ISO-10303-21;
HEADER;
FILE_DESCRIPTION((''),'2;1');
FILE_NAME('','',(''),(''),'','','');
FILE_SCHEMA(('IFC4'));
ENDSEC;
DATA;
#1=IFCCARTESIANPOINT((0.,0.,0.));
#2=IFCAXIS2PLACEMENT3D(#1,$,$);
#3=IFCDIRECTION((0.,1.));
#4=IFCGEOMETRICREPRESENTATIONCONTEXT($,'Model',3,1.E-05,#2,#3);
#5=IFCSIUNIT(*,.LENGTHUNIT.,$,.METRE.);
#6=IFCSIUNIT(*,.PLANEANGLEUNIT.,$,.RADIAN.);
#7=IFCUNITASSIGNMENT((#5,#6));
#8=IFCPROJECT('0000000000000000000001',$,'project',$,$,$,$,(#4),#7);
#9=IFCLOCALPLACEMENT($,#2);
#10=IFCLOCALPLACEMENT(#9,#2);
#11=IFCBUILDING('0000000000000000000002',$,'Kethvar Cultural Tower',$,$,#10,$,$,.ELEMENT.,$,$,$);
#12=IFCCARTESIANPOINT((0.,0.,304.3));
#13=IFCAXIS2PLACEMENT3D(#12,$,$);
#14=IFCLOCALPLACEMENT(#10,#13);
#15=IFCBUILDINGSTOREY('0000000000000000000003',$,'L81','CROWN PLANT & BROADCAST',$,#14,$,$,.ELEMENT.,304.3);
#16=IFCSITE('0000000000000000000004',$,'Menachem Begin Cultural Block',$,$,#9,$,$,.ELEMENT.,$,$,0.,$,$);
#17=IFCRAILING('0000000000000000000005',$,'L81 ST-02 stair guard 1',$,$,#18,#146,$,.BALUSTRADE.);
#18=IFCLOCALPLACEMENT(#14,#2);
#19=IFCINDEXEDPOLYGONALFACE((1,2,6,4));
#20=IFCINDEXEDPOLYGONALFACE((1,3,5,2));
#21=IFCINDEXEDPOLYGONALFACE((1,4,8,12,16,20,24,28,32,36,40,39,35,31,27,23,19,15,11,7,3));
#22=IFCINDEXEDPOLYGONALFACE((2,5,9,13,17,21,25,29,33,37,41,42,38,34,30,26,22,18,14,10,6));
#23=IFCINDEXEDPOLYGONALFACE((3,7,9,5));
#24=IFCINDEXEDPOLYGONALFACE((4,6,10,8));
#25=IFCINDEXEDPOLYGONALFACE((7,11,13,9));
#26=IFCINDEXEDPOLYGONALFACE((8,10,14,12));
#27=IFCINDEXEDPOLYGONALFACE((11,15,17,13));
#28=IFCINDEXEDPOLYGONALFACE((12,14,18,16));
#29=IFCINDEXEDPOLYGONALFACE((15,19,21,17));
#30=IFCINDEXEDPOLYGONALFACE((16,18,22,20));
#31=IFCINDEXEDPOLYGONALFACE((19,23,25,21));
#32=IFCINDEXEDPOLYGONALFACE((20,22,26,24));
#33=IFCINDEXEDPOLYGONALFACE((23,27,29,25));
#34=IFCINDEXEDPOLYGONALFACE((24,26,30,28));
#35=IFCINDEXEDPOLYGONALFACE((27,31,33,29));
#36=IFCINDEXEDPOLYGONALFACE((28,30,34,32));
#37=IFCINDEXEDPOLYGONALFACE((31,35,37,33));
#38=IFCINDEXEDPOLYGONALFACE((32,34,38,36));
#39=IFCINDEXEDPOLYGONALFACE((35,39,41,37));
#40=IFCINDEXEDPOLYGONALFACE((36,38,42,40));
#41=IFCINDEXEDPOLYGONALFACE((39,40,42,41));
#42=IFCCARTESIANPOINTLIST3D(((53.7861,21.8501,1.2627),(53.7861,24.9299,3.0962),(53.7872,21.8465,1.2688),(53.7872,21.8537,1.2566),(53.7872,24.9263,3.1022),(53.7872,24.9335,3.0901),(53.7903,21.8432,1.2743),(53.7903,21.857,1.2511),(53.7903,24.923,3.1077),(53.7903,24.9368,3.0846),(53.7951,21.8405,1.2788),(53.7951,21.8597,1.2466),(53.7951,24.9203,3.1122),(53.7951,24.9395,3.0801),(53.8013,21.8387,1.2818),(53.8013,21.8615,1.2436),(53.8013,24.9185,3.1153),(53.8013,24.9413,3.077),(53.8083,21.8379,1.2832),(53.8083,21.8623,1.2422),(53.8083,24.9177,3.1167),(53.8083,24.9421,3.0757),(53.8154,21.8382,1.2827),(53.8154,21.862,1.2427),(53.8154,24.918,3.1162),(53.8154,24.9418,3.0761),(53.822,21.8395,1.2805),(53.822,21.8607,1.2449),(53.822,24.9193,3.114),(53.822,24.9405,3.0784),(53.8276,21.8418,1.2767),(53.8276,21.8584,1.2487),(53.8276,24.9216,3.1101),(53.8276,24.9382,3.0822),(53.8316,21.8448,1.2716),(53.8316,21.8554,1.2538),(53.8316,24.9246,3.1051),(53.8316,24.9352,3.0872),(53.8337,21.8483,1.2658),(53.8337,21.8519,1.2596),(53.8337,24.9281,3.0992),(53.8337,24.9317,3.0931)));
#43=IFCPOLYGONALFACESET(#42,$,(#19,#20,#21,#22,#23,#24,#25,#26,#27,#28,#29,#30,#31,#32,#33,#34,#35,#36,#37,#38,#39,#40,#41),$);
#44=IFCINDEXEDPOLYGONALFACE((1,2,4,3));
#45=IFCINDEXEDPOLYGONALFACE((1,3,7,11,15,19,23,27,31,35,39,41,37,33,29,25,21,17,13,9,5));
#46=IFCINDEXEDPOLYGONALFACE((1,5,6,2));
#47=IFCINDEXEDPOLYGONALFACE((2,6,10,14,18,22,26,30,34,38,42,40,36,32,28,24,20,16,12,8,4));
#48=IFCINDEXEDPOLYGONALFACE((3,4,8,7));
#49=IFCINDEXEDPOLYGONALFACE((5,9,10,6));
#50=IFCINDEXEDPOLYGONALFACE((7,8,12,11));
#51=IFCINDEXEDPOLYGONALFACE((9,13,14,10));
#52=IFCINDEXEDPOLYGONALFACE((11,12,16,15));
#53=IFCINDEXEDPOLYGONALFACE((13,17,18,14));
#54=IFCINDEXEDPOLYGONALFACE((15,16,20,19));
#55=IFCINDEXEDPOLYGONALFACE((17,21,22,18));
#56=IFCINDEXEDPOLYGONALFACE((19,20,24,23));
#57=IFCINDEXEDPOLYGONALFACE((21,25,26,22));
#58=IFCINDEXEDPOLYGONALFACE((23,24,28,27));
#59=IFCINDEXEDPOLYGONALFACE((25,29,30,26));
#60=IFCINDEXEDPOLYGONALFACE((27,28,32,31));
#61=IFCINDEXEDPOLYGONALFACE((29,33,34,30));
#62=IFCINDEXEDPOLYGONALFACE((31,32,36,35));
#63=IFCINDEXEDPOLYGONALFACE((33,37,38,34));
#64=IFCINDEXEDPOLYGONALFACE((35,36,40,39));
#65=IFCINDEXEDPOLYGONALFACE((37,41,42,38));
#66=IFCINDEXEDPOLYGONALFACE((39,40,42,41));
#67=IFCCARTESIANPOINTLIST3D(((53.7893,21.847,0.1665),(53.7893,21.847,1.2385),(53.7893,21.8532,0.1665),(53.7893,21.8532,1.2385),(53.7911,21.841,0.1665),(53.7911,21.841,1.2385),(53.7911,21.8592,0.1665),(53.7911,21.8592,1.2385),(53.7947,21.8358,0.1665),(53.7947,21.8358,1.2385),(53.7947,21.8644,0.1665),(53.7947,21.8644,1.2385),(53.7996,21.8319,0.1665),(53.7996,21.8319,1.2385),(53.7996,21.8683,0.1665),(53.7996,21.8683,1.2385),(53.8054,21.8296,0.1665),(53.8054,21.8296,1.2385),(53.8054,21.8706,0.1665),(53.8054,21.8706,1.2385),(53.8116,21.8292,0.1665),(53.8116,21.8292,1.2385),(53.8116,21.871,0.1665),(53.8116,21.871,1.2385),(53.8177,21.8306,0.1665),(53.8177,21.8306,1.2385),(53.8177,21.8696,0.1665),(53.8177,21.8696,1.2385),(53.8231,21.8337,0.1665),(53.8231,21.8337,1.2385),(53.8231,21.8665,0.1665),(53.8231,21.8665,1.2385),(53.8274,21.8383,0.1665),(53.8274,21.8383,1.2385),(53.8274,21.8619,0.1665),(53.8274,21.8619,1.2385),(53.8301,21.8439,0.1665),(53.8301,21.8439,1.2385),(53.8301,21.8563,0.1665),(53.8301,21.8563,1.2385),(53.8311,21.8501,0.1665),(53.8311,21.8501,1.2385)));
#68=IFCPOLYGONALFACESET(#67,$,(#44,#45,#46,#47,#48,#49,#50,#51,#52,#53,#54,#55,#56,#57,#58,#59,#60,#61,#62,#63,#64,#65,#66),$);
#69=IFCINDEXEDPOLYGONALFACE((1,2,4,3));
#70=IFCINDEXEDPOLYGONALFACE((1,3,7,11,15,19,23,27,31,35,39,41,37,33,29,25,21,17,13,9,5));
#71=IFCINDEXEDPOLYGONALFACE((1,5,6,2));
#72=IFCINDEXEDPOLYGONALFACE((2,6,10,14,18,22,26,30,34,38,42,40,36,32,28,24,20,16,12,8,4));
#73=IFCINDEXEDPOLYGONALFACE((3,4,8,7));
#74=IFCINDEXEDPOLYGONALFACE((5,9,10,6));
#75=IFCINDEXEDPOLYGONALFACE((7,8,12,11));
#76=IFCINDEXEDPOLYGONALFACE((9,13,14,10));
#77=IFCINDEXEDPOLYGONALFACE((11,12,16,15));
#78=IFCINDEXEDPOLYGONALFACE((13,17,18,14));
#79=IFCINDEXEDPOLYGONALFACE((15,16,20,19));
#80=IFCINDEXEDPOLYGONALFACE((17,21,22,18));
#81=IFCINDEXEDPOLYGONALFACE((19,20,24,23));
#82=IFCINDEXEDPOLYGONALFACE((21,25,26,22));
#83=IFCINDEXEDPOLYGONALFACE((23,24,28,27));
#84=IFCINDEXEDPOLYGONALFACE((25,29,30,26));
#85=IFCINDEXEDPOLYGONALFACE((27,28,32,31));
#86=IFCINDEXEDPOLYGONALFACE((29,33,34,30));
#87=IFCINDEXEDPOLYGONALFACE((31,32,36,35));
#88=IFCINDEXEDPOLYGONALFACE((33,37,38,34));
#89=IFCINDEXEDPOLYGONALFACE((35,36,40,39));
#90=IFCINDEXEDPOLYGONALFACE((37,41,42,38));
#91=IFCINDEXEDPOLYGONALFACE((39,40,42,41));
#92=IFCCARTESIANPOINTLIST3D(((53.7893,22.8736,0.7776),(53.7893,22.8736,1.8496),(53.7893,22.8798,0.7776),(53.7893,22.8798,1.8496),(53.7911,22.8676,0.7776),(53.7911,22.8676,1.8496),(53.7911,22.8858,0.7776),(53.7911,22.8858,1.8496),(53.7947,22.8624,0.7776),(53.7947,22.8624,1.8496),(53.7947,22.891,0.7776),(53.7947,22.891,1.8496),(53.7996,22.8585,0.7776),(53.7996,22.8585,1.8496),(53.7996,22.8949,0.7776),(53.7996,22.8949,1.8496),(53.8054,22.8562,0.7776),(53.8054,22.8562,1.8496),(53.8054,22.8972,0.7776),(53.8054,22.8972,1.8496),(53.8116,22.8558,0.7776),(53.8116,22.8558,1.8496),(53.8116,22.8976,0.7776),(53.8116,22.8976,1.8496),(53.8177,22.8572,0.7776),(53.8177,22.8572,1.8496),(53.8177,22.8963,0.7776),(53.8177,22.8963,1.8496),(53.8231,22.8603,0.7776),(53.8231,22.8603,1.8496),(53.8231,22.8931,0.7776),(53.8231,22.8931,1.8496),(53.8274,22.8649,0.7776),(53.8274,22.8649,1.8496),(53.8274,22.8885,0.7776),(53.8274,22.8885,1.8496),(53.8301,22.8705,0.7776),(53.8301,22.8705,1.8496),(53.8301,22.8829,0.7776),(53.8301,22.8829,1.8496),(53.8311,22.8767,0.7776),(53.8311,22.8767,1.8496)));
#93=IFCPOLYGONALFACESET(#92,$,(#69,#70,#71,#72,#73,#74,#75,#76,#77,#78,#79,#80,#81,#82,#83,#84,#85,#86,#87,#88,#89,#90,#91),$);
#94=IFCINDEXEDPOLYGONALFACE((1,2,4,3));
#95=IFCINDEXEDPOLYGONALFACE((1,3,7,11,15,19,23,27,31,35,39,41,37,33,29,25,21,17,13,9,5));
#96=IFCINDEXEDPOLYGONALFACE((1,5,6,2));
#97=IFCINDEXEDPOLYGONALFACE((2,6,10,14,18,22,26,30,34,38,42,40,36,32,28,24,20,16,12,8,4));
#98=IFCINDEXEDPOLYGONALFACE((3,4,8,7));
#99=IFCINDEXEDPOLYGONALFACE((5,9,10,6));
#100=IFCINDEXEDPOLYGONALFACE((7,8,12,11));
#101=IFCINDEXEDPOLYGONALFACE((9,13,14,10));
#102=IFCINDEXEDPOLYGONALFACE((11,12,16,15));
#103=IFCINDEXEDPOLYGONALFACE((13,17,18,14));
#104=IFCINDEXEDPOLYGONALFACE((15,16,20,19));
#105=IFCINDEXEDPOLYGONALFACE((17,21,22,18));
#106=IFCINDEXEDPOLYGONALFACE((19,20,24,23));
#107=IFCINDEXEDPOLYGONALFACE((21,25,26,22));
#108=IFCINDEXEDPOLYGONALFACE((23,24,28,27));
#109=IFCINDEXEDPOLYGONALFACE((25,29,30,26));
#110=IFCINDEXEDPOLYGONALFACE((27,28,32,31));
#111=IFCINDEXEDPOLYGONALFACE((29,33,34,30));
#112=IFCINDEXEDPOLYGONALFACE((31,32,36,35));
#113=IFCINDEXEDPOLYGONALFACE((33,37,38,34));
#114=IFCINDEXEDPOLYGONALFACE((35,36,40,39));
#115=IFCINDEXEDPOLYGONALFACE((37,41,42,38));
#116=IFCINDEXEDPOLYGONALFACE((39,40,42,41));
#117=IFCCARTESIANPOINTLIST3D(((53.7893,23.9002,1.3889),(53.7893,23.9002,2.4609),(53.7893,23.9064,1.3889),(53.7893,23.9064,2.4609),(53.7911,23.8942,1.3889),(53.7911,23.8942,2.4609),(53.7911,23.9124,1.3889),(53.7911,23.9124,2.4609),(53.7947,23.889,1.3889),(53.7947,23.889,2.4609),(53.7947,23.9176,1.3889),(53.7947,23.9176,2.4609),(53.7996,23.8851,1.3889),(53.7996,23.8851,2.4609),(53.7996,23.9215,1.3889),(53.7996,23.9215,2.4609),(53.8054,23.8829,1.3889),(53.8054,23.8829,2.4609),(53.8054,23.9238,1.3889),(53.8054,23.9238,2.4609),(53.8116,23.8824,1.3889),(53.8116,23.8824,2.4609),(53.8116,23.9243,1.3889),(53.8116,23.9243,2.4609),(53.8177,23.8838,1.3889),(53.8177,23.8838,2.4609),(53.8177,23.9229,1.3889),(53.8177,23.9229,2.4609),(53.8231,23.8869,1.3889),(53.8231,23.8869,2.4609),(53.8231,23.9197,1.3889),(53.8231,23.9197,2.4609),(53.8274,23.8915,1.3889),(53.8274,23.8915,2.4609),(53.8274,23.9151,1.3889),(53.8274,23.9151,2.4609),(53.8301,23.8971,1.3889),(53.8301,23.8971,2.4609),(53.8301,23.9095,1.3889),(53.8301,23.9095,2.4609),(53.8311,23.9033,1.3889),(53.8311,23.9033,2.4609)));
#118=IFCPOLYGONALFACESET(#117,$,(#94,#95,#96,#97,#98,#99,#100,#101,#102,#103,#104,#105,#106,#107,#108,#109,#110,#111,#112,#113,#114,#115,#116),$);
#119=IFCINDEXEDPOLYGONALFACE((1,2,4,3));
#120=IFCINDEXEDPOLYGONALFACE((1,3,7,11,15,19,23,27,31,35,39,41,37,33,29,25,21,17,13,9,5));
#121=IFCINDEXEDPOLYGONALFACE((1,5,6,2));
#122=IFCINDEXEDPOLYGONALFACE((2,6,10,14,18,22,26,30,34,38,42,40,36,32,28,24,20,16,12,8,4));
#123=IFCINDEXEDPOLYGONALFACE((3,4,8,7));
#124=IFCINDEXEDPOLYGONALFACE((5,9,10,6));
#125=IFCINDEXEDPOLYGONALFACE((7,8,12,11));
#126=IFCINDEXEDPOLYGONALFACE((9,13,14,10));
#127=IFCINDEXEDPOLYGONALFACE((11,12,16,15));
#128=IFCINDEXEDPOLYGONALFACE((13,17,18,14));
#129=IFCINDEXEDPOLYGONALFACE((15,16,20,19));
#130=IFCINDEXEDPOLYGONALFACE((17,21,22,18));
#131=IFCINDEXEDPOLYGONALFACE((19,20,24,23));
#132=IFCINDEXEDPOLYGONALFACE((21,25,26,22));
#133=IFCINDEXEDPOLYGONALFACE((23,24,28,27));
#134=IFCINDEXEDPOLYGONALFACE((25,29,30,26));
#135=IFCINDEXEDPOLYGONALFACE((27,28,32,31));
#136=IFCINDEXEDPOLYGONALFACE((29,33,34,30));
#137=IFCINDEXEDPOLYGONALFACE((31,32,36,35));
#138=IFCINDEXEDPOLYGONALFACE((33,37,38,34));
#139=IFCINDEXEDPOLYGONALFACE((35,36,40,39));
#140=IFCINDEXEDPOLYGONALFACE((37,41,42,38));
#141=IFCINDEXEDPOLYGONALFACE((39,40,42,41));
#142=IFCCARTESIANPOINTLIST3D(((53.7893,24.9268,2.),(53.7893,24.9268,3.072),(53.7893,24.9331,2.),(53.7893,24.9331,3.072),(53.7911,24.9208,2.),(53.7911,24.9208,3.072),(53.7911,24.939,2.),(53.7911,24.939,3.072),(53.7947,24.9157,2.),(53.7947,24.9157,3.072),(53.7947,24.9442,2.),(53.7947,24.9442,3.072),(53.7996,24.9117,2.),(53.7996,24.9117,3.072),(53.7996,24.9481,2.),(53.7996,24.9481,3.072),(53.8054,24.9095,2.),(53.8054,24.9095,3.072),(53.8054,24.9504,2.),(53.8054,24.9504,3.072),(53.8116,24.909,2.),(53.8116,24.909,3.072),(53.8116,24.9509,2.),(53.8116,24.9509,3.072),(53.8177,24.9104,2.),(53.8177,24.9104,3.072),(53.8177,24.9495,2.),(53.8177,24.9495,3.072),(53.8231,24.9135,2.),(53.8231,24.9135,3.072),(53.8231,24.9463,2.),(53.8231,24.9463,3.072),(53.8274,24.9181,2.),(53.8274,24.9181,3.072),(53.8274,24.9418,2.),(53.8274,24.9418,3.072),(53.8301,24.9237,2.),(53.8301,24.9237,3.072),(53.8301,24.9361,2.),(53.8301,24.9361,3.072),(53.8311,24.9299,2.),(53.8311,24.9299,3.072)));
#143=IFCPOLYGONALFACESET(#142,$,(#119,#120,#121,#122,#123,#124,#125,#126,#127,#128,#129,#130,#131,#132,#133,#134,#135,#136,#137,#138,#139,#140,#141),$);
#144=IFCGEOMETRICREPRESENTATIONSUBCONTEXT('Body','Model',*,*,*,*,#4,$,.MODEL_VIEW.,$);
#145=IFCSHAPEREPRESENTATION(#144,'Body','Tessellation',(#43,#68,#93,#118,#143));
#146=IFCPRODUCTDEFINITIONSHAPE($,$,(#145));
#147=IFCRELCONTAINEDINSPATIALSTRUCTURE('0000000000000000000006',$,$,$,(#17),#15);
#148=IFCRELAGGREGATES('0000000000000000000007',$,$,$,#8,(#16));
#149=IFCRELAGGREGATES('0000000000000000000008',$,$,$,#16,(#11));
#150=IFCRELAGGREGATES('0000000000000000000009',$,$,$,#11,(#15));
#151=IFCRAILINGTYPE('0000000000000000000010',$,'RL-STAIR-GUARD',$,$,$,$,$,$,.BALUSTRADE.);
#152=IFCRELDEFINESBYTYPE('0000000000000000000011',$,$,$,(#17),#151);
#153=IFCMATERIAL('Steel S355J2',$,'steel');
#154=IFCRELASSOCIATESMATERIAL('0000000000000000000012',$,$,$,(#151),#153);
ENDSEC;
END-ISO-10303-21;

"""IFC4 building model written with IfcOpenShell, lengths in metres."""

from ifc_helpers import new_model, si_unit, direction, frame, origin, origin_2d, place, context, subcontext, project, spatial, circle, extrude, material, type_object, element, save


model = new_model("IFC4")

# Units and contexts
model_context = context("Model", 3, precision=1e-05, world=origin(), true_north=direction((0.0, 1.0)))
body_context = subcontext(model_context, "Body", "Model", "MODEL_VIEW")
ifc_project = project(units=[si_unit("LENGTHUNIT", "METRE"), si_unit("PLANEANGLEUNIT", "RADIAN")], contexts=[model_context])

# Site, building, storey
site_placement = place(None, origin())
site = spatial("IfcSite", under=ifc_project, at=site_placement, Name="Menachem Begin Cultural Block", CompositionType="ELEMENT", RefElevation=0.0)
building_placement = place(site_placement, origin())
building = spatial("IfcBuilding", under=site, at=building_placement, Name="Kethvar Cultural Tower", CompositionType="ELEMENT")
storey_placement = place(building_placement, frame((0.0, 0.0, 304.3)))
storey = spatial("IfcBuildingStorey", under=building, at=storey_placement, Name="L81", Description="CROWN PLANT & BROADCAST", CompositionType="ELEMENT", Elevation=304.3)

# Shared definitions
ifc_material_1 = material(Name="Steel S355J2", Category="steel")

# Railing
railing_type_1 = type_object("IfcRailingType", Name="RL-STAIR-GUARD", PredefinedType="BALUSTRADE", material=ifc_material_1)
railing_1_placement = place(storey_placement, frame((53.8101, 21.8501, 0.1665)))
element("IfcRailing", 1, at=railing_1_placement, inside=storey, type_object=railing_type_1, Name="L81 ST-02 stair guard 1", PredefinedType="BALUSTRADE", context=body_context, shape_type="SweptSolid", body=[
    extrude(circle(Radius=0.0239, at=origin_2d()), frame((0.0, 0.0, 1.0962), z_axis=(0.0, 0.859261, 0.511538), x_axis=(-1.0, 0.0, 0.0)), (0.0, 0.0, 1.0), 3.5842),
    extrude(circle(Radius=0.021, at=origin_2d()), origin(), (0.0, 0.0, 1.0), 1.072),
    extrude(circle(Radius=0.021, at=origin_2d()), frame((0.0, 1.0266, 0.6111)), (0.0, 0.0, 1.0), 1.072),
    extrude(circle(Radius=0.021, at=origin_2d()), frame((0.0, 2.0532, 1.2224)), (0.0, 0.0, 1.0), 1.072),
    extrude(circle(Radius=0.021, at=origin_2d()), frame((0.0, 3.0798, 1.8335)), (0.0, 0.0, 1.0), 1.072),
])

save(model, "model.ifc")
